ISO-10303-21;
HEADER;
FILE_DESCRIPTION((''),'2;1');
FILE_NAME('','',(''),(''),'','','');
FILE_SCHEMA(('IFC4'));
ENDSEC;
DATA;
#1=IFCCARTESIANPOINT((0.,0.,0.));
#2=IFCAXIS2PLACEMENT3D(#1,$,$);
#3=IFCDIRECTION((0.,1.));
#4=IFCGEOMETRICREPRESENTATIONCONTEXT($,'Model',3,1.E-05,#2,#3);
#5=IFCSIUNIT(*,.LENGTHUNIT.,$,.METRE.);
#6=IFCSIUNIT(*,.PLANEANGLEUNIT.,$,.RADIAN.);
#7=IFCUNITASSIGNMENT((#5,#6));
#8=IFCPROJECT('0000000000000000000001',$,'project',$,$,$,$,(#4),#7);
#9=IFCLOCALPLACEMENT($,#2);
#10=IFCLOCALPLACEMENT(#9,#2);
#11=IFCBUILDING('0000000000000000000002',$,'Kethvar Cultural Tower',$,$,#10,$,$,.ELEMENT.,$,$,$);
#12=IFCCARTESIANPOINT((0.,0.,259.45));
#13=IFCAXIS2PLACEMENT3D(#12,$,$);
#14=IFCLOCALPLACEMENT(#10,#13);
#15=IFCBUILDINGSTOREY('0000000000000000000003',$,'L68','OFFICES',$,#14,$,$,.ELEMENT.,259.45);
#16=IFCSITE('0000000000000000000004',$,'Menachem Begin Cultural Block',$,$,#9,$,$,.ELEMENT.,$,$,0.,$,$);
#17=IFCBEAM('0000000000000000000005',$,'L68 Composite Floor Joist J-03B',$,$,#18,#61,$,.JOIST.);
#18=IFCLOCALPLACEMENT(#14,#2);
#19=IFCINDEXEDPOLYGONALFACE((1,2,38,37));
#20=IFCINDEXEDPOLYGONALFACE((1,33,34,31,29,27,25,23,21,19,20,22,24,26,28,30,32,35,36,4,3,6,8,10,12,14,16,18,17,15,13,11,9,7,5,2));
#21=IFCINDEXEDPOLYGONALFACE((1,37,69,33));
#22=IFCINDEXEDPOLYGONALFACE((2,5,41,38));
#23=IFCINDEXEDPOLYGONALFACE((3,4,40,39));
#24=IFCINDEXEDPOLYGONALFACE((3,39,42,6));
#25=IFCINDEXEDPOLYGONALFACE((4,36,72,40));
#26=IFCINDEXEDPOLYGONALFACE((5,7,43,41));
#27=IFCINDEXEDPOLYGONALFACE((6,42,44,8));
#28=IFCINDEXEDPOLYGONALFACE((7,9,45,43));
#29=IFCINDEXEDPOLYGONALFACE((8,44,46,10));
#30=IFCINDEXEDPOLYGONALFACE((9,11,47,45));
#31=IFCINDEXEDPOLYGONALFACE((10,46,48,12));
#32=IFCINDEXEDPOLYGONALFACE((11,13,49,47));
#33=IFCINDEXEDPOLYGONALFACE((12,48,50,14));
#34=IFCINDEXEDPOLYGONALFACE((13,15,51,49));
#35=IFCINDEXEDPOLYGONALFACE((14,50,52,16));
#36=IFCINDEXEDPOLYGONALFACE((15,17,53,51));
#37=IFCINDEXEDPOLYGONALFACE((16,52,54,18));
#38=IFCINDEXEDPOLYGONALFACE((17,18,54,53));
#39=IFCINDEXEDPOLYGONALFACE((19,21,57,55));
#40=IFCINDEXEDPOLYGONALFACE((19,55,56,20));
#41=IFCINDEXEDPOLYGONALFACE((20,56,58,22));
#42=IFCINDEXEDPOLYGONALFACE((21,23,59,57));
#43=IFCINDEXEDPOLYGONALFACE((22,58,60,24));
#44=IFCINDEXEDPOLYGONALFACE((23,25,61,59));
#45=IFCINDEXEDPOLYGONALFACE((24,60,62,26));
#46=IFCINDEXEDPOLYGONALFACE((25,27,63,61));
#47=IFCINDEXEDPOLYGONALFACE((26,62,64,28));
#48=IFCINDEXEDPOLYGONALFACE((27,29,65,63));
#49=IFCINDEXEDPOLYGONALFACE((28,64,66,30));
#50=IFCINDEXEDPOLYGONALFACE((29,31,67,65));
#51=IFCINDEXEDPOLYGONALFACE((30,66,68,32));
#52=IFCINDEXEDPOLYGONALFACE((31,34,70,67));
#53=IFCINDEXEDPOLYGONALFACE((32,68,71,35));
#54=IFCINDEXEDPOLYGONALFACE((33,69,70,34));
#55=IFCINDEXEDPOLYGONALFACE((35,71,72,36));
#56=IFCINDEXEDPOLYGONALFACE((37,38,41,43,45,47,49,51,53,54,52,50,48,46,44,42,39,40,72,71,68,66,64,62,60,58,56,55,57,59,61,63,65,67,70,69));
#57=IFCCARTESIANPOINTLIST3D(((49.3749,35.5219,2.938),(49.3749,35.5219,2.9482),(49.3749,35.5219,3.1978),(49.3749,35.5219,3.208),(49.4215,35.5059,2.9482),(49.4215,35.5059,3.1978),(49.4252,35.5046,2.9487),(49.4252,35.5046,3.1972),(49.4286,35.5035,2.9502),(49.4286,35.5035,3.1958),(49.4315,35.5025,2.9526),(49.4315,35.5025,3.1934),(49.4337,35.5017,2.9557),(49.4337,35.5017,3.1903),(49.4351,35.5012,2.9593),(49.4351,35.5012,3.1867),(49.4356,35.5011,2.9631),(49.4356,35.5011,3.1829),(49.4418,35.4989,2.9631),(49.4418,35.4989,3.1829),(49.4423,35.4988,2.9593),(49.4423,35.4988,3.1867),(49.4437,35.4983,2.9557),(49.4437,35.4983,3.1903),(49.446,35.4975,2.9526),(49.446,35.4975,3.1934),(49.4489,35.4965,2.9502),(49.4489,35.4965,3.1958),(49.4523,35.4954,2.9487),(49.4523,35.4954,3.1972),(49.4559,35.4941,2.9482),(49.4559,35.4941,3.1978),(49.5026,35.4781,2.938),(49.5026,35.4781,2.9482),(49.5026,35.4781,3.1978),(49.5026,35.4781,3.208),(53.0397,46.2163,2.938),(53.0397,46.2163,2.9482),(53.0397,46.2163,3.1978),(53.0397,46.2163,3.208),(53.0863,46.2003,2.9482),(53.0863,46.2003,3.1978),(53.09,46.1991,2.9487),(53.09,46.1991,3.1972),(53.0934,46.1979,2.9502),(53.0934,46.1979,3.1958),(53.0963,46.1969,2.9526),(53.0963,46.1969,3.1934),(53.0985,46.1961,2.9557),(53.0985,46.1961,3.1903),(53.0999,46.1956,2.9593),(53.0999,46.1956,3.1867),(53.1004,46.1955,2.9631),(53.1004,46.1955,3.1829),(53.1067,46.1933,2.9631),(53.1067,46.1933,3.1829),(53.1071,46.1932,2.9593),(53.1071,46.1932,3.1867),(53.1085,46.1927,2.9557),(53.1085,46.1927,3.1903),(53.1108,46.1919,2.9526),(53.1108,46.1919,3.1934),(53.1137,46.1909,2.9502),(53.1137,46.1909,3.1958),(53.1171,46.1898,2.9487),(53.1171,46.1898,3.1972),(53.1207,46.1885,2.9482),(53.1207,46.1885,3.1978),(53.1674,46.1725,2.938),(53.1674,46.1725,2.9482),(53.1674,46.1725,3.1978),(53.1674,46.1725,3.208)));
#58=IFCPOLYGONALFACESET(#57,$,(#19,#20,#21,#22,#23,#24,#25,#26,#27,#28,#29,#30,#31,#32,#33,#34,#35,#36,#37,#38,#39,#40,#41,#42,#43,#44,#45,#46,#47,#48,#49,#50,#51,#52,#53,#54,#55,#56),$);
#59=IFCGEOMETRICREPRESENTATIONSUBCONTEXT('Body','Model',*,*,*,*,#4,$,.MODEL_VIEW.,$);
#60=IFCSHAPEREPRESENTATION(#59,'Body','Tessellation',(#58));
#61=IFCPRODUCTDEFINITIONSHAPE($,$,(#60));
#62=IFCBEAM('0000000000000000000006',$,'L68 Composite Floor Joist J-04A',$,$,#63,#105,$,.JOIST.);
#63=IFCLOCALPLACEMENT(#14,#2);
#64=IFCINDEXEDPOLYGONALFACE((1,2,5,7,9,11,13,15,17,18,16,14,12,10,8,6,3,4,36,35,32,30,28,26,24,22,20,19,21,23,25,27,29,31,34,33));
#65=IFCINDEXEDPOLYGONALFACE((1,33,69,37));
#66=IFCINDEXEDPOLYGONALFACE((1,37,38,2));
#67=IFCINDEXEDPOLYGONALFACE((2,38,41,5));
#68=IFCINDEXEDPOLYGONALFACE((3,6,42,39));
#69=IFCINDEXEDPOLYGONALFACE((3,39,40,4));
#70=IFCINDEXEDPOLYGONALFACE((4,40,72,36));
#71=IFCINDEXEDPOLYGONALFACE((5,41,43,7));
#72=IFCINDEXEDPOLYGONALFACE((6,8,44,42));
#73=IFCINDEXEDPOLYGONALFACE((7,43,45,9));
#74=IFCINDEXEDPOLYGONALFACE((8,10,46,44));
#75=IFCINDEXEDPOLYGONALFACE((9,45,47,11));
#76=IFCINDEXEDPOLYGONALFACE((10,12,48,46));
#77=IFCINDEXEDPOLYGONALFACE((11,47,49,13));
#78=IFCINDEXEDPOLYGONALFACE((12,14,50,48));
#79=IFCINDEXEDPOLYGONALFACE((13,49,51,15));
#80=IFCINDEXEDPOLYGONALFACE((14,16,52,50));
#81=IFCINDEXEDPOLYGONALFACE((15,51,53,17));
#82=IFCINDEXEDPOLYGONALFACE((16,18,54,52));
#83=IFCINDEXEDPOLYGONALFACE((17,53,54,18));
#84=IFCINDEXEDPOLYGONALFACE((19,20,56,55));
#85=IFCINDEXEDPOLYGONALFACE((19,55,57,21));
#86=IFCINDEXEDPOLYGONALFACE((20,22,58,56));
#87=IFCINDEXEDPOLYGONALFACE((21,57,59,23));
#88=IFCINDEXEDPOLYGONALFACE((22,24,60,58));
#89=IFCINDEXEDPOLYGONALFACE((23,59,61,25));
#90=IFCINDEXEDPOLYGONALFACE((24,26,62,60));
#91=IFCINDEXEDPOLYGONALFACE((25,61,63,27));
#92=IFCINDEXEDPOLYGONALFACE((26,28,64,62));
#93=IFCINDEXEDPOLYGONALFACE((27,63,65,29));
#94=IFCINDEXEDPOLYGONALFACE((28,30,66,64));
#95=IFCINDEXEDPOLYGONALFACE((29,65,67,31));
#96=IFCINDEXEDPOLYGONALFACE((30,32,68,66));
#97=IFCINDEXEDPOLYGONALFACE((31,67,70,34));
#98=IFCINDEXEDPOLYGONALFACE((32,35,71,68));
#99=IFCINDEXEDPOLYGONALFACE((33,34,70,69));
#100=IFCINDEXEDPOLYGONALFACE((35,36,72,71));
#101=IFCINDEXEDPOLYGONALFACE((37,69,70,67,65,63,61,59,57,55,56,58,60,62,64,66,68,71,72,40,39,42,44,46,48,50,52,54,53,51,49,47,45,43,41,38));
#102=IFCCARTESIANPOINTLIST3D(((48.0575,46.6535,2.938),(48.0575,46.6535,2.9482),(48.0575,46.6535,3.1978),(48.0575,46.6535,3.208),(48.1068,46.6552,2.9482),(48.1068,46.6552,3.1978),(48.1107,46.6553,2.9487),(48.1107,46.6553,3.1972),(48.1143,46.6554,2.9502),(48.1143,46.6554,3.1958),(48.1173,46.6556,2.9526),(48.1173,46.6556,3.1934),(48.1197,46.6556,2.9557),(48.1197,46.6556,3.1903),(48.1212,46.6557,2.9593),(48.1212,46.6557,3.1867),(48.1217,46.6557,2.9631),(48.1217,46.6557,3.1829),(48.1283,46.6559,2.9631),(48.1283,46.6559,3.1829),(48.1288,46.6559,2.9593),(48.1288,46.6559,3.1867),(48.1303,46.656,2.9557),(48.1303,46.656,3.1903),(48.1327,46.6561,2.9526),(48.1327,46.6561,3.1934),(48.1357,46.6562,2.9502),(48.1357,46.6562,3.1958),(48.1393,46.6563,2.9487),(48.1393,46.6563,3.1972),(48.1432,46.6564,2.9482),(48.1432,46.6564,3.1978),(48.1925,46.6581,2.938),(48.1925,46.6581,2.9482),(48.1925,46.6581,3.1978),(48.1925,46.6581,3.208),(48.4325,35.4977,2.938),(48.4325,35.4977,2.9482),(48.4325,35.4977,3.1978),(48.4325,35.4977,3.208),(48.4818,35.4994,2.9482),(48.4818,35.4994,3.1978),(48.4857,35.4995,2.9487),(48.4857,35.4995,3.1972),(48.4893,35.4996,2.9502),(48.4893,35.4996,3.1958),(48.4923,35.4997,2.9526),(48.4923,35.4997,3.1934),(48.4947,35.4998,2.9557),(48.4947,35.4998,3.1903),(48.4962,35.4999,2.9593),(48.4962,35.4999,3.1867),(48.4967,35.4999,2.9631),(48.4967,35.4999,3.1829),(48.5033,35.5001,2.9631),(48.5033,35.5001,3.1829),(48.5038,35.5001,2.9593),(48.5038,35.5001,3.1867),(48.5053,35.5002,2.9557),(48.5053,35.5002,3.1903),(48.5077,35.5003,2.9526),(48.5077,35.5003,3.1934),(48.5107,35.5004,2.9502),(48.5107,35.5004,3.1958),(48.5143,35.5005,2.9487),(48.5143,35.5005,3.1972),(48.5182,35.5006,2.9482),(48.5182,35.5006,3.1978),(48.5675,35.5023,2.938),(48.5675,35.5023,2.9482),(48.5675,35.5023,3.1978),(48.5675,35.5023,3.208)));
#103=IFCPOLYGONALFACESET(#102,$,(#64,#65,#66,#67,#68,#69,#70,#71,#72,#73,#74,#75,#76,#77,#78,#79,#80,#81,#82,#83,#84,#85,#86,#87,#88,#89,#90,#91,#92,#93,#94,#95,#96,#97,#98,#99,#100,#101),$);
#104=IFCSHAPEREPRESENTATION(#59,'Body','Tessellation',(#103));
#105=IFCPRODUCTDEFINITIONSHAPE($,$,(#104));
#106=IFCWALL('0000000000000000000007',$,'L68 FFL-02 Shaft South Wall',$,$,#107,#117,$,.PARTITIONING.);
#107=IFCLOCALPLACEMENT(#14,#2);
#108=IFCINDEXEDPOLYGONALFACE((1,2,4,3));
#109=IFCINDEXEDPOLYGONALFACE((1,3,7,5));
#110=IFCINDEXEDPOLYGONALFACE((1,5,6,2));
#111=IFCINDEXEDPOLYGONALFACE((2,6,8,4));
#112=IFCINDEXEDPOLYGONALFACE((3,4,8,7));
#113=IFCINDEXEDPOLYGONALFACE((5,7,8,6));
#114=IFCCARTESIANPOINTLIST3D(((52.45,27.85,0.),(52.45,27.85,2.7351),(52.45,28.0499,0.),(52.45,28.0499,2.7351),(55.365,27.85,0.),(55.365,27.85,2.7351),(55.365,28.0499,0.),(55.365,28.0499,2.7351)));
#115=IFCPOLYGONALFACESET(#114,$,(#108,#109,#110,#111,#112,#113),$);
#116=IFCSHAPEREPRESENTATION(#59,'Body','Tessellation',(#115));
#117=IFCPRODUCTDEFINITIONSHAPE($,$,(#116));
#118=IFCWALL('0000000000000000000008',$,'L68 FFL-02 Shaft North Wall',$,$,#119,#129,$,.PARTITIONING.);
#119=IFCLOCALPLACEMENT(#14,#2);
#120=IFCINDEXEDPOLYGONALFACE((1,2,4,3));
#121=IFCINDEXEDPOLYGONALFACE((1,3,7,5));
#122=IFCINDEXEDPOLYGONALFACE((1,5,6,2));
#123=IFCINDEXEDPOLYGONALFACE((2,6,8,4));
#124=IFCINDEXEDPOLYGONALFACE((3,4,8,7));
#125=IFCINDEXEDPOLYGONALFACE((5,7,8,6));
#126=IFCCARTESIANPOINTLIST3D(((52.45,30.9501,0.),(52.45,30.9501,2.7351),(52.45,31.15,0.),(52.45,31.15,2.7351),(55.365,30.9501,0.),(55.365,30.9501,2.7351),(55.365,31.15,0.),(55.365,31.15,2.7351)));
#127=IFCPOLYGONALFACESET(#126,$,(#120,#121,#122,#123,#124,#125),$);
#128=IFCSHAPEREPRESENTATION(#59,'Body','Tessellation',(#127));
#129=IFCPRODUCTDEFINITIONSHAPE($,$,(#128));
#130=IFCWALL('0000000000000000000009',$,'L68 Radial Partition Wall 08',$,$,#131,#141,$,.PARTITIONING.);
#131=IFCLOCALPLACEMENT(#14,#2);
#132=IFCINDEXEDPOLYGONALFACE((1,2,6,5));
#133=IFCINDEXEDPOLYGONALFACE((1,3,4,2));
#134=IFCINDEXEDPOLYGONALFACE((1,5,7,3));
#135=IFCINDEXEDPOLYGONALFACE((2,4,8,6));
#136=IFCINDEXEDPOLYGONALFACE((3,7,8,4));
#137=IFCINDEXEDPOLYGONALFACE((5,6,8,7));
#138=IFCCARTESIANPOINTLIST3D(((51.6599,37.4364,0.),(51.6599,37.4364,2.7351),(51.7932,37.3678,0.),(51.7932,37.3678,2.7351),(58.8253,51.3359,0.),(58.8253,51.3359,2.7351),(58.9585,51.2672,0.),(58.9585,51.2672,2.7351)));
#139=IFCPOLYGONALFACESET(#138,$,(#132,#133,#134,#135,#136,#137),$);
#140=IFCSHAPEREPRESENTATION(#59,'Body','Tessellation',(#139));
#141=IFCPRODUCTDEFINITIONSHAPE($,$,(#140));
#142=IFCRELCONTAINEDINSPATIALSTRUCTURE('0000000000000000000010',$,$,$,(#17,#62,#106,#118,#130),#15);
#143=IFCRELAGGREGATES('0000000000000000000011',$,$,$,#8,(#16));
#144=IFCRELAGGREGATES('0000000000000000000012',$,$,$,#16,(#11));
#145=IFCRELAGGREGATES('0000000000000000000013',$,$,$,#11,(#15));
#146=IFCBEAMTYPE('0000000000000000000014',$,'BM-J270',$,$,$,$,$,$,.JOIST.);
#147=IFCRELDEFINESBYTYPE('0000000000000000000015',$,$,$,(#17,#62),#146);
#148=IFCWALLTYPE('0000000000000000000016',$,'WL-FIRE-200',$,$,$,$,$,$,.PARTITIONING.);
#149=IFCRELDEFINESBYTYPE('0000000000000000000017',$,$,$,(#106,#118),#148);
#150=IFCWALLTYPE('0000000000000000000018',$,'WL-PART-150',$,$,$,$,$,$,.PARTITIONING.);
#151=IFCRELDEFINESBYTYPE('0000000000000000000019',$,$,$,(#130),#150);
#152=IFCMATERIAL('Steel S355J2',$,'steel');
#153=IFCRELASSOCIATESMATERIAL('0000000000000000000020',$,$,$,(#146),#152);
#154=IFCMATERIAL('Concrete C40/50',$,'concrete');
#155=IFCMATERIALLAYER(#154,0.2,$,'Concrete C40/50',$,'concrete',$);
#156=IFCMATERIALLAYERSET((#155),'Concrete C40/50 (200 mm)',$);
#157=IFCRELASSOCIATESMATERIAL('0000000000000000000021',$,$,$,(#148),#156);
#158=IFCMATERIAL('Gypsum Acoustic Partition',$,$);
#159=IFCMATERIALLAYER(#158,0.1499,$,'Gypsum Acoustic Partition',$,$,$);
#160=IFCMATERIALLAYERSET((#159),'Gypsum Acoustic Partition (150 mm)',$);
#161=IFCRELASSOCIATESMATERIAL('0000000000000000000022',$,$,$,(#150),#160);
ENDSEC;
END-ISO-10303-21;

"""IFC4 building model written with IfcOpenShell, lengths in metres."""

from ifc_helpers import new_model, si_unit, direction, frame, frame_2d, origin, origin_2d, place, context, subcontext, project, spatial, rectangle, i_section, extrude, source, transform, mapped, material, layer, layer_set, material_profile, profile_set, type_object, element, save


model = new_model("IFC4")

# Units and contexts
model_context = context("Model", 3, precision=1e-05, world=origin(), true_north=direction((0.0, 1.0)))
body_context = subcontext(model_context, "Body", "Model", "MODEL_VIEW")
ifc_project = project(units=[si_unit("LENGTHUNIT", "METRE"), si_unit("PLANEANGLEUNIT", "RADIAN")], contexts=[model_context])

# Site, building, storey
site_placement = place(None, origin())
site = spatial("IfcSite", under=ifc_project, at=site_placement, Name="Menachem Begin Cultural Block", CompositionType="ELEMENT", RefElevation=0.0)
building_placement = place(site_placement, origin())
building = spatial("IfcBuilding", under=site, at=building_placement, Name="Kethvar Cultural Tower", CompositionType="ELEMENT")
storey_placement = place(building_placement, frame((0.0, 0.0, 259.45)))
storey = spatial("IfcBuildingStorey", under=building, at=storey_placement, Name="L68", Description="OFFICES", CompositionType="ELEMENT", Elevation=259.45)

# Beams
ifc_material_1 = material(Name="Steel S355J2", Category="steel")
ifc_material_profile_1 = material_profile(ifc_material_1, i_section(OverallWidth=0.135, OverallDepth=0.27, WebThickness=0.0066, FlangeThickness=0.0103, FilletRadius=0.0149, at=origin_2d()), Name="Steel S355J2 — IPE270")
ifc_profile_set_1 = profile_set([ifc_material_profile_1], Name="Steel S355J2 — IPE270")
beam_type_1 = type_object("IfcBeamType", Name="BM-J270", PredefinedType="JOIST", material=ifc_profile_set_1)
shared_shape_1 = source(origin(), body_context, "Body", "SweptSolid", [
    extrude(i_section(OverallWidth=0.135, OverallDepth=0.27, WebThickness=0.0066, FlangeThickness=0.0103, FilletRadius=0.0149, at=origin_2d()), origin(), (0.0, 0.0, 1.0), 11.3049),
])
beam_1_placement = place(storey_placement, frame((49.4387, 35.5, 3.073), z_axis=(0.324179, 0.945996, 0.0), x_axis=(-0.945996, 0.324179, 0.0)))
element("IfcBeam", 1, at=beam_1_placement, inside=storey, type_object=beam_type_1, Name="L68 Composite Floor Joist J-03B", PredefinedType="JOIST", context=body_context, shape_type="MappedRepresentation", body=[
    mapped(shared_shape_1, transform((0.0, 0.0, 0.0), scale=1.0)),
])
shared_shape_2 = source(origin(), body_context, "Body", "SweptSolid", [
    extrude(i_section(OverallWidth=0.135, OverallDepth=0.27, WebThickness=0.0066, FlangeThickness=0.0103, FilletRadius=0.0149, at=origin_2d()), origin(), (0.0, 0.0, 1.0), 11.1621),
])
beam_2_placement = place(storey_placement, frame((48.5, 35.5, 3.073), z_axis=(-0.033596, 0.999435, 0.0), x_axis=(-0.999435, -0.033596, 0.0)))
element("IfcBeam", 2, at=beam_2_placement, inside=storey, type_object=beam_type_1, Name="L68 Composite Floor Joist J-04A", PredefinedType="JOIST", context=body_context, shape_type="MappedRepresentation", body=[
    mapped(shared_shape_2, transform((0.0, 0.0, 0.0), scale=1.0)),
])

# Walls
ifc_material_2 = material(Name="Concrete C40/50", Category="concrete")
ifc_layer_1 = layer(ifc_material_2, 0.2, Name="Concrete C40/50", Category="concrete")
ifc_layer_set_1 = layer_set([ifc_layer_1], Name="Concrete C40/50 (200 mm)")
wall_type_1 = type_object("IfcWallType", Name="WL-FIRE-200", PredefinedType="PARTITIONING", material=ifc_layer_set_1)
for number, where, z_axis, x_axis, name in (
    (3, (52.45, 27.95, 0.0), (0.0, 0.0, 1.0), (1.0, 0.0, 0.0), "L68 FFL-02 Shaft South Wall"),
    (4, (52.45, 31.05, 0.0), (0.0, 0.0, 1.0), (1.0, 0.0, 0.0), "L68 FFL-02 Shaft North Wall"),
):
    element("IfcWall", number, at=place(storey_placement, frame(where, z_axis=z_axis, x_axis=x_axis)), inside=storey, type_object=wall_type_1, Name=name, PredefinedType="PARTITIONING", context=body_context, shape_type="SweptSolid", body=[
        extrude(rectangle(XDim=2.915, YDim=0.2, at=frame_2d((1.4575, 0.0))), origin(), (0.0, 0.0, 1.0), 2.7351),
    ])
ifc_material_3 = material(Name="Gypsum Acoustic Partition")
ifc_layer_2 = layer(ifc_material_3, 0.1499, Name="Gypsum Acoustic Partition")
ifc_layer_set_2 = layer_set([ifc_layer_2], Name="Gypsum Acoustic Partition (150 mm)")
wall_type_2 = type_object("IfcWallType", Name="WL-PART-150", PredefinedType="PARTITIONING", material=ifc_layer_set_2)
wall_1_placement = place(storey_placement, frame((51.7266, 37.4021, 0.0), z_axis=(0.0, 0.0, 1.0), x_axis=(0.458208, 0.888845, 0.0)))
element("IfcWall", 5, at=wall_1_placement, inside=storey, type_object=wall_type_2, Name="L68 Radial Partition Wall 08", PredefinedType="PARTITIONING", context=body_context, shape_type="SweptSolid", body=[
    extrude(rectangle(XDim=15.6377, YDim=0.1499, at=frame_2d((7.8188, 0.0))), origin(), (0.0, 0.0, 1.0), 2.7351),
])

save(model, "model.ifc")
